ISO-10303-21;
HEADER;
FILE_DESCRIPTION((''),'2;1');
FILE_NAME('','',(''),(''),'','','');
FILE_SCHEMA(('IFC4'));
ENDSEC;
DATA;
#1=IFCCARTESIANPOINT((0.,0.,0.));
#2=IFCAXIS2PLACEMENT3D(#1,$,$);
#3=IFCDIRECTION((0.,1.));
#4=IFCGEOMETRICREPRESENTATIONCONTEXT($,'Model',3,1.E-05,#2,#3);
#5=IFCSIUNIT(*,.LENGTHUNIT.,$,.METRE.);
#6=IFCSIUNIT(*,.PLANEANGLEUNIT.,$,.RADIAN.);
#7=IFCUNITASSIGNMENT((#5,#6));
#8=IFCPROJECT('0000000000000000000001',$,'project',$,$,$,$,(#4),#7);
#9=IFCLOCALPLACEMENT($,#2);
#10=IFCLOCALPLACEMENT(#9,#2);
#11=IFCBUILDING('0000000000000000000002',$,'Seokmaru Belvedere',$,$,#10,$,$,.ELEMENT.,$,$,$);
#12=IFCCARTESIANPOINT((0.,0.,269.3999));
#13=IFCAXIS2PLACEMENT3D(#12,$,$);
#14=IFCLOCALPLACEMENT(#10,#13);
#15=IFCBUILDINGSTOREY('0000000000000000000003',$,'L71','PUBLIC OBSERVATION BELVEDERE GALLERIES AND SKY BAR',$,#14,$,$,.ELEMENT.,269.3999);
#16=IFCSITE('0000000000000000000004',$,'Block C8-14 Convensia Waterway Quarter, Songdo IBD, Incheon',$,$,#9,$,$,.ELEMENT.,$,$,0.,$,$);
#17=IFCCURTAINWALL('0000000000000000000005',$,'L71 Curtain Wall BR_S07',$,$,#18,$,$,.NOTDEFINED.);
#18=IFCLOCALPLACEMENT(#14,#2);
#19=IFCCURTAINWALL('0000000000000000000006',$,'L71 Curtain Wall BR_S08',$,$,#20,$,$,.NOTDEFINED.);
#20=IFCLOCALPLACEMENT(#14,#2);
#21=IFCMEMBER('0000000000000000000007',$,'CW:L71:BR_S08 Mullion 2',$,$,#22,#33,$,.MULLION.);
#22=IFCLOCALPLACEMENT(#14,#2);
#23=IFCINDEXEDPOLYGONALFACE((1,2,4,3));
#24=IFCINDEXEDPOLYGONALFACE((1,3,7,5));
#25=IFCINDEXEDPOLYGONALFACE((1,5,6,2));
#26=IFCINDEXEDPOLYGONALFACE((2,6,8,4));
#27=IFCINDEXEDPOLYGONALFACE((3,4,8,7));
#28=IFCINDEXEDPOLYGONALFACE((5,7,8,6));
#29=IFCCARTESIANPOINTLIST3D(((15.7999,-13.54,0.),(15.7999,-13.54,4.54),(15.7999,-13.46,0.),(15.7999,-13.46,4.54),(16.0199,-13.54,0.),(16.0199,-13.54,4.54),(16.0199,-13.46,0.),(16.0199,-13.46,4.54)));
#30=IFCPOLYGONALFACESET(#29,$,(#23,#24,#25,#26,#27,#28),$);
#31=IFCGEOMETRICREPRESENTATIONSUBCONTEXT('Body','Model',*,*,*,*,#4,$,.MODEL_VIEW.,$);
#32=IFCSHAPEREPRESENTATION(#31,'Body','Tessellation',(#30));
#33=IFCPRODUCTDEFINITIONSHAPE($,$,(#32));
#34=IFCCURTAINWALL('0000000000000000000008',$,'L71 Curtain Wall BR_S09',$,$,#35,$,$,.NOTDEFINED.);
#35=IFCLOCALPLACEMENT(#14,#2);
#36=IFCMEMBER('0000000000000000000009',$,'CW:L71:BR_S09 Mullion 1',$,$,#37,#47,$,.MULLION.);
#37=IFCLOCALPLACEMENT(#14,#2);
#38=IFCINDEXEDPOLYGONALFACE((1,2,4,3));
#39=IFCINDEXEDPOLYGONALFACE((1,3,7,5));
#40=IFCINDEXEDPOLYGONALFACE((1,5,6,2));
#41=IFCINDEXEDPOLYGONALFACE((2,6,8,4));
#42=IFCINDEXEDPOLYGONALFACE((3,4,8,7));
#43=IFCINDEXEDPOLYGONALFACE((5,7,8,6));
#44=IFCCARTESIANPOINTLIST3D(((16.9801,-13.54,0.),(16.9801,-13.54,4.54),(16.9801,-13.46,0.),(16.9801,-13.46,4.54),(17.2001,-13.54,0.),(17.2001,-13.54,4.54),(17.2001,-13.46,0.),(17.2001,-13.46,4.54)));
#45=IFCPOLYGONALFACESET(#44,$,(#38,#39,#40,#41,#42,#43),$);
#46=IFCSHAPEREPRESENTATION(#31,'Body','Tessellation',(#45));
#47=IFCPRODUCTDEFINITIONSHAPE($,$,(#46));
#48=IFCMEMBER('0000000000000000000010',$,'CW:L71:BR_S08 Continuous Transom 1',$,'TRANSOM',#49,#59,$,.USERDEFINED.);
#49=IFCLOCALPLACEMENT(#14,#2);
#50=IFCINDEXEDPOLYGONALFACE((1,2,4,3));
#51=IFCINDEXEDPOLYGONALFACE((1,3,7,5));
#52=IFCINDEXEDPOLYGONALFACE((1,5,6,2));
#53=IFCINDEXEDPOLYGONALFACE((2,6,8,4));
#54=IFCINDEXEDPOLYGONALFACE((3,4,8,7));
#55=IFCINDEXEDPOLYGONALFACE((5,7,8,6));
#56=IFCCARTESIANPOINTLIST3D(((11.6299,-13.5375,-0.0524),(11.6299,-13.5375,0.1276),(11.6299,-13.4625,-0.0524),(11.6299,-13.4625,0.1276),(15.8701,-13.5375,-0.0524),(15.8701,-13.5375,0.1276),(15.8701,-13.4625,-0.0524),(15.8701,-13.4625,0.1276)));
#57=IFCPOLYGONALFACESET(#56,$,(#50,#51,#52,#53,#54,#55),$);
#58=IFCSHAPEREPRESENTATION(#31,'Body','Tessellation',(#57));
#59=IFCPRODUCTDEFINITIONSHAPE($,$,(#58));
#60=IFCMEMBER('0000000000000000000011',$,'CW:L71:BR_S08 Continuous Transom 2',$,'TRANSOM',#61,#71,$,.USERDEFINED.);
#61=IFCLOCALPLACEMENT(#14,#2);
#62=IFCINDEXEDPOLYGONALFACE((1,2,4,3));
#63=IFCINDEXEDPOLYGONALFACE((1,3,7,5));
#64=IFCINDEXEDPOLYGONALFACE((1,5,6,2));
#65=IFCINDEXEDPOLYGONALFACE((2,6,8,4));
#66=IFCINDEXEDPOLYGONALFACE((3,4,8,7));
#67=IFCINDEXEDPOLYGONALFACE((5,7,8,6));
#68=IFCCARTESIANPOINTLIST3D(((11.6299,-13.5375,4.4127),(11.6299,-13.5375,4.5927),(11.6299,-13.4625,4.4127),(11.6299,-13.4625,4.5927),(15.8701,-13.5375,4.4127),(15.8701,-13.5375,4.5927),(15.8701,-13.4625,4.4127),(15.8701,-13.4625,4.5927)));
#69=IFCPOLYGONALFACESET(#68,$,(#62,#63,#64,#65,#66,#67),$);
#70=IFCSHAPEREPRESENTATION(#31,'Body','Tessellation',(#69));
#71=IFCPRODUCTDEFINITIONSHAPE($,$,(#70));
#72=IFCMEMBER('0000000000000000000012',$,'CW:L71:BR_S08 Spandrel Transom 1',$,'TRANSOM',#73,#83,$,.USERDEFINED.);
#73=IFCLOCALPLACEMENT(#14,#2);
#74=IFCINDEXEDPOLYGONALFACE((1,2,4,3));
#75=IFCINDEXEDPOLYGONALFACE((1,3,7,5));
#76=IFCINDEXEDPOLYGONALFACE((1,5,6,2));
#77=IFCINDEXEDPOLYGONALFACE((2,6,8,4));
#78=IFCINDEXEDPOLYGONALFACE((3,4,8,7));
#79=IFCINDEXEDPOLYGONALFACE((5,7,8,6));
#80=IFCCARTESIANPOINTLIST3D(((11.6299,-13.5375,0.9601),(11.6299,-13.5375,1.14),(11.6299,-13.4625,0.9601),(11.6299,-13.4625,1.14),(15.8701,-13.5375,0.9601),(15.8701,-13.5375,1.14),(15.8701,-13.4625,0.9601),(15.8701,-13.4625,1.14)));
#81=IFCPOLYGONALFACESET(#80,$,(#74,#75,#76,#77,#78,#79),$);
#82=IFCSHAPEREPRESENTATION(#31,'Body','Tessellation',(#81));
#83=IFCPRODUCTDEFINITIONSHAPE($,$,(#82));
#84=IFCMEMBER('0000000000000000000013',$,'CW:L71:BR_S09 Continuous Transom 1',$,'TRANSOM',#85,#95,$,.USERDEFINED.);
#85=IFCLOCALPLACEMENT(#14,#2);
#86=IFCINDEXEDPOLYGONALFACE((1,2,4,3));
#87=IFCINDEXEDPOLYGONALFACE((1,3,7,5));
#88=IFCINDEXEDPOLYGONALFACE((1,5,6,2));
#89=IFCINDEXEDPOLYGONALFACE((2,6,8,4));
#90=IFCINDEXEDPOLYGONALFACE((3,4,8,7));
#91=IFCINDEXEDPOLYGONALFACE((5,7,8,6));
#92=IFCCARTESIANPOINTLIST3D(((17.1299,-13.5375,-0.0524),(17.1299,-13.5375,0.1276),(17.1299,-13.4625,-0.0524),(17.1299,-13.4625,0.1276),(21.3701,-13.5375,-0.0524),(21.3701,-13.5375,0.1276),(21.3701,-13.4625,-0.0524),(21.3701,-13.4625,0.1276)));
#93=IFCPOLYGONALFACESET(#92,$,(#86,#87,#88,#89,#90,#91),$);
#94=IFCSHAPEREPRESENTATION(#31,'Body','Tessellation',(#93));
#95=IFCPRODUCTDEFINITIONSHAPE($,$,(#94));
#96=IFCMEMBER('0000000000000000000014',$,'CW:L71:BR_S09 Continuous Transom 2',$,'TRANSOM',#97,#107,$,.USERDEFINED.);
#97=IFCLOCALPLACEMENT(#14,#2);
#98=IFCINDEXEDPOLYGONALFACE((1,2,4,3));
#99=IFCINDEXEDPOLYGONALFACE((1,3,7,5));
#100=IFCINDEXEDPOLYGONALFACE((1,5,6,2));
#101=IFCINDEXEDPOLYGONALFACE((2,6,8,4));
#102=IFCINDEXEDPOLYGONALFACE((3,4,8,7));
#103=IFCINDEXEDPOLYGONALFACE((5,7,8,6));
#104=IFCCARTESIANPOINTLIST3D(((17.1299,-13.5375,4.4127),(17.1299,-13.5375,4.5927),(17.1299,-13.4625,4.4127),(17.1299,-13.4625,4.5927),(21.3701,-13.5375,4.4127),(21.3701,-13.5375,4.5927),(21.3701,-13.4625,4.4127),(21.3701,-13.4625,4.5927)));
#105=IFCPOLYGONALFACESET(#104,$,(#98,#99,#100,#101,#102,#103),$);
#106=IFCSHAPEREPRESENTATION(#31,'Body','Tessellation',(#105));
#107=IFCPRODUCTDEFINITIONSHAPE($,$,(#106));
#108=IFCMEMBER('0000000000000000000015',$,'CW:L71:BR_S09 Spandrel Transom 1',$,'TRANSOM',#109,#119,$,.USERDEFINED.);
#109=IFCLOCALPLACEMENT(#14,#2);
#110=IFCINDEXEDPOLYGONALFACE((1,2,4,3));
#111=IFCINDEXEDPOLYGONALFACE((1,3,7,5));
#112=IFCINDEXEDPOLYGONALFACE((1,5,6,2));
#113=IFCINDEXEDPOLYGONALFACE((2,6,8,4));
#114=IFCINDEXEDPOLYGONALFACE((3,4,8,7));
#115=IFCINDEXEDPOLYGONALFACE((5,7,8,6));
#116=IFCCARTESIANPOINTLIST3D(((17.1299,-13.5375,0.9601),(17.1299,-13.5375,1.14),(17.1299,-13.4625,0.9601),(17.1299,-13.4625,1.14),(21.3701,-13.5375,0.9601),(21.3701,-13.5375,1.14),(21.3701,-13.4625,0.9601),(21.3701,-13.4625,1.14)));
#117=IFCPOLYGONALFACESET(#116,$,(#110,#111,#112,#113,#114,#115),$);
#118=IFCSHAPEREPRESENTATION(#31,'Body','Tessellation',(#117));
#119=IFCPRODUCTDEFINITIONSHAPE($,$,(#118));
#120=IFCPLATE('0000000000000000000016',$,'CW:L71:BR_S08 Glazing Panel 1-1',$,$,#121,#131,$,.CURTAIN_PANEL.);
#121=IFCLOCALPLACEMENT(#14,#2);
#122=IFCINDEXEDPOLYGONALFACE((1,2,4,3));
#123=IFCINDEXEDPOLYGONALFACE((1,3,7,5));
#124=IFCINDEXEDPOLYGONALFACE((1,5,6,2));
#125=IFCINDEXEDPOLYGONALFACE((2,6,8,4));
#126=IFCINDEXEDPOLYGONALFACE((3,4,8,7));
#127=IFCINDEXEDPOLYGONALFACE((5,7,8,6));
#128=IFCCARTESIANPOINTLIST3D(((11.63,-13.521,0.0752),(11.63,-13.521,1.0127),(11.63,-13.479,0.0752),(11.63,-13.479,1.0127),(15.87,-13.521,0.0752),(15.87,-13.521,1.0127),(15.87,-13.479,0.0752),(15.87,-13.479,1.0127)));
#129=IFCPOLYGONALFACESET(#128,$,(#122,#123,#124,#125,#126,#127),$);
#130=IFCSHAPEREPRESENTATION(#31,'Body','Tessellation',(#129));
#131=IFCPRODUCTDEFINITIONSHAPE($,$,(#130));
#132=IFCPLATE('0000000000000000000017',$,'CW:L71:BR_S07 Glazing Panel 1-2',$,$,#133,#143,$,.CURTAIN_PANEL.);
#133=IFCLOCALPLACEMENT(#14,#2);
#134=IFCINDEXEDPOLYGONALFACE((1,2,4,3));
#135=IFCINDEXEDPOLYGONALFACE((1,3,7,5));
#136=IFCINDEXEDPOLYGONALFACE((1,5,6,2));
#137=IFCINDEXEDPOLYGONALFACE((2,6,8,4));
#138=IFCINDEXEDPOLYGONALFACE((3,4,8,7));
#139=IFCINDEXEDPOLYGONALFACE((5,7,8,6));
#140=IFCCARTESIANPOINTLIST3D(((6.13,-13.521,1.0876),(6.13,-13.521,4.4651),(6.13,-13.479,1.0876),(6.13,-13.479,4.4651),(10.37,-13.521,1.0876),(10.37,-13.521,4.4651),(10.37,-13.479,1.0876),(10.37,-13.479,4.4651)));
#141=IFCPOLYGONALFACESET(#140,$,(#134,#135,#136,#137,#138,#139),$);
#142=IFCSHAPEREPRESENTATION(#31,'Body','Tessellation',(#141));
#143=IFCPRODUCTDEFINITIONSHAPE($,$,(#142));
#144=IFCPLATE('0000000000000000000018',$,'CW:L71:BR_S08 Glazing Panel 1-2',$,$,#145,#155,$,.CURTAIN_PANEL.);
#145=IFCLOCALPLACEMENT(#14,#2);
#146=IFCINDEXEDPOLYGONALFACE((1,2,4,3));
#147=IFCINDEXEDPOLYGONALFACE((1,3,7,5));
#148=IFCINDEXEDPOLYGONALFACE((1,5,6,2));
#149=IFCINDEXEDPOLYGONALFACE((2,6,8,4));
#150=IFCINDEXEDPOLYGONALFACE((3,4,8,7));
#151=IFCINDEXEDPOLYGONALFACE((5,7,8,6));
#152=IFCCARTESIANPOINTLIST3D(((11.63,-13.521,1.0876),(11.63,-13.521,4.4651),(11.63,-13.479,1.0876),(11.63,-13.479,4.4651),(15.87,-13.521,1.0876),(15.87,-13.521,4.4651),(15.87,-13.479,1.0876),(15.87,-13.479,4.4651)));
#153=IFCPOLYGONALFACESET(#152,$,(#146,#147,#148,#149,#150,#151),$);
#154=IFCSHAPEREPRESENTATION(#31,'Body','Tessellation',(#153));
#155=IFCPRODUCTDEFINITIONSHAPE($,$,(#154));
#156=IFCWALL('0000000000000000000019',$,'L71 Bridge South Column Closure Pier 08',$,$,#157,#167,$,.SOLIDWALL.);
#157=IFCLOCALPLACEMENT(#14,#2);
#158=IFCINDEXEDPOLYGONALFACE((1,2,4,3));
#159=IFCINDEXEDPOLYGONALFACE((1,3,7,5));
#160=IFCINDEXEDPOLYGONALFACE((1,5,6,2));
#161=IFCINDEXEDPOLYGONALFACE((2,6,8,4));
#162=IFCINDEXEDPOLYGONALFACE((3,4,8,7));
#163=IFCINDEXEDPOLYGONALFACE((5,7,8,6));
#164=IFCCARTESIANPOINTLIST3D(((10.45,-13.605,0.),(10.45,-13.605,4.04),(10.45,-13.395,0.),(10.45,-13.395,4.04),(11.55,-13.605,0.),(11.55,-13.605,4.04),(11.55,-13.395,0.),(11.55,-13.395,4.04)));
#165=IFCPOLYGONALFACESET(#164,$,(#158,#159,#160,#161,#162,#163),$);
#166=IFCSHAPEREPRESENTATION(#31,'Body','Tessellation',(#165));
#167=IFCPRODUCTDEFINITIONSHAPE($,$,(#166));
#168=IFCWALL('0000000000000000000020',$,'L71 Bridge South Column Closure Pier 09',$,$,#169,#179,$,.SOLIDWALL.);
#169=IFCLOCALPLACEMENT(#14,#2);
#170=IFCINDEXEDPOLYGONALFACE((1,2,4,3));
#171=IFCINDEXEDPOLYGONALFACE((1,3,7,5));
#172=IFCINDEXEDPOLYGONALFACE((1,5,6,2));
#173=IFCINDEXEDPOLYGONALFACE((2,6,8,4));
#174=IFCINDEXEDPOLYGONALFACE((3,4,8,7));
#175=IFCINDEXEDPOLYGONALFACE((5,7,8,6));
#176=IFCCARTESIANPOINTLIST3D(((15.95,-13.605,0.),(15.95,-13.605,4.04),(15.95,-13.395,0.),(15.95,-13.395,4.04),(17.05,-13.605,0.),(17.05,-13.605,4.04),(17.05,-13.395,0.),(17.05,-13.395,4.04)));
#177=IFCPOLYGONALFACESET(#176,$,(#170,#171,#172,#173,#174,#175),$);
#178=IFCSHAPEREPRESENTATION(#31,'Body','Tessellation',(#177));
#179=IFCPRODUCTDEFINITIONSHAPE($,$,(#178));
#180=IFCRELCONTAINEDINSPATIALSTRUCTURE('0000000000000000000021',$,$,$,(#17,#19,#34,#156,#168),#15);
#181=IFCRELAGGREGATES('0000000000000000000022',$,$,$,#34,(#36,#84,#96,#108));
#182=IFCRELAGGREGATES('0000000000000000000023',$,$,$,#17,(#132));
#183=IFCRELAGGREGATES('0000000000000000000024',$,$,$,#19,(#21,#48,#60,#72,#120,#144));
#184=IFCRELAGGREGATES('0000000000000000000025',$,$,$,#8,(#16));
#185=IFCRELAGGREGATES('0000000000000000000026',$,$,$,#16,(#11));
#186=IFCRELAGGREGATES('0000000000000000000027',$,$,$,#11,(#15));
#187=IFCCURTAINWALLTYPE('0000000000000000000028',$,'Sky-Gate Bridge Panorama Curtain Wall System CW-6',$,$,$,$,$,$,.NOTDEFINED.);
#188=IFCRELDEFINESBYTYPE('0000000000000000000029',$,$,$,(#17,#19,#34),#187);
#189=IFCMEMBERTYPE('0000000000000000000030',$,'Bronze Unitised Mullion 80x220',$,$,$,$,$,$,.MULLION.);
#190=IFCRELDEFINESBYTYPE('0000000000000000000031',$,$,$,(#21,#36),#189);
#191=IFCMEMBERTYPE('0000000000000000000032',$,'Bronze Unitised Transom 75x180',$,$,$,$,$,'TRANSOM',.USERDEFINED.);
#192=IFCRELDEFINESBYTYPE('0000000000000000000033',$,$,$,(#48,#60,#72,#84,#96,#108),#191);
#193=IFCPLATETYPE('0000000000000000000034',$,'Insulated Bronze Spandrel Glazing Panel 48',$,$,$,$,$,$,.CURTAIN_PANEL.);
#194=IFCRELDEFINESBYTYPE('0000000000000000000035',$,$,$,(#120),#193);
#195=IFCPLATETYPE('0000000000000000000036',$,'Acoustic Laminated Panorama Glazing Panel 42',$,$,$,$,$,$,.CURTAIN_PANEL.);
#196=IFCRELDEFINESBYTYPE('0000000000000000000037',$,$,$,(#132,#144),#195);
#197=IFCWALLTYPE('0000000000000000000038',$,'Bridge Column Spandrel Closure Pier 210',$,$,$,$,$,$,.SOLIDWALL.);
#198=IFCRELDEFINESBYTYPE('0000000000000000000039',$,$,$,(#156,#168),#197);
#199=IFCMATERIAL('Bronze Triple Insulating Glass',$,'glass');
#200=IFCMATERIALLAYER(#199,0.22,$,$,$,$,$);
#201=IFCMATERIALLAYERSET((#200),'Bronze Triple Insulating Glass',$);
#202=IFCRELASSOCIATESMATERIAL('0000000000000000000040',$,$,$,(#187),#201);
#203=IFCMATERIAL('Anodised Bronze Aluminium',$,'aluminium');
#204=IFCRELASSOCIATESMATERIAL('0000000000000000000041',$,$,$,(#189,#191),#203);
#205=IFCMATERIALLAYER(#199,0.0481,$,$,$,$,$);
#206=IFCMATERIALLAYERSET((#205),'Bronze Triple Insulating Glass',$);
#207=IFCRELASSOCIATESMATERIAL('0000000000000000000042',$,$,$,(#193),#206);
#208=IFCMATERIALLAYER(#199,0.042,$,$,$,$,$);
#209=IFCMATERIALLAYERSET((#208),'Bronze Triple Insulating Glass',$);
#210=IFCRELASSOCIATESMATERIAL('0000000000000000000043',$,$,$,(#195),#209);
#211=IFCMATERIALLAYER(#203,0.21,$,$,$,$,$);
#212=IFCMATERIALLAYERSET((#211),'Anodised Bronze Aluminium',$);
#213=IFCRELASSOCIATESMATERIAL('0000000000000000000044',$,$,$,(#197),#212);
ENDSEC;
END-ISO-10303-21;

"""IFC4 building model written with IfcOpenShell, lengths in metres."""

from ifc_helpers import new_model, si_unit, direction, frame, frame_2d, origin, origin_2d, place, context, subcontext, project, spatial, rectangle, extrude, source, transform, mapped, material, layer, layer_set, material_profile, profile_set, type_object, type_shapes, element, aggregate, save


model = new_model("IFC4")

# Units and contexts
model_context = context("Model", 3, precision=1e-05, world=origin(), true_north=direction((0.0, 1.0)))
body_context = subcontext(model_context, "Body", "Model", "MODEL_VIEW")
ifc_project = project(units=[si_unit("LENGTHUNIT", "METRE"), si_unit("PLANEANGLEUNIT", "RADIAN")], contexts=[model_context])

# Site, building, storey
site_placement = place(None, origin())
site = spatial("IfcSite", under=ifc_project, at=site_placement, Name="Block C8-14 Convensia Waterway Quarter, Songdo IBD, Incheon", CompositionType="ELEMENT", RefElevation=0.0)
building_placement = place(site_placement, origin())
building = spatial("IfcBuilding", under=site, at=building_placement, Name="Seokmaru Belvedere", CompositionType="ELEMENT")
storey_placement = place(building_placement, frame((0.0, 0.0, 269.3999)))
storey = spatial("IfcBuildingStorey", under=building, at=storey_placement, Name="L71", Description="PUBLIC OBSERVATION BELVEDERE GALLERIES AND SKY BAR", CompositionType="ELEMENT", Elevation=269.3999)

# Curtain wall
ifc_material_1 = material(Name="Bronze Triple Insulating Glass", Category="glass")
ifc_layer_1 = layer(ifc_material_1, 0.22)
ifc_layer_set_1 = layer_set([ifc_layer_1], Name="Bronze Triple Insulating Glass")
curtain_wall_type = type_object("IfcCurtainWallType", Name="Sky-Gate Bridge Panorama Curtain Wall System CW-6", PredefinedType="NOTDEFINED", material=ifc_layer_set_1)
curtain_wall_1_placement = place(storey_placement, origin())
curtain_wall_1 = element("IfcCurtainWall", 1, at=curtain_wall_1_placement, inside=storey, type_object=curtain_wall_type, Name="L71 Curtain Wall BR_S07", PredefinedType="NOTDEFINED")
ifc_material_2 = material(Name="Anodised Bronze Aluminium", Category="aluminium")
ifc_material_profile_1 = material_profile(ifc_material_2, rectangle(XDim=0.0801, YDim=0.22, at=origin_2d()), Name="CW-M-80x220")
ifc_profile_set_1 = profile_set([ifc_material_profile_1], Name="Anodised Bronze Aluminium")
member_type_1 = type_object("IfcMemberType", Name="Bronze Unitised Mullion 80x220", PredefinedType="MULLION", material=ifc_profile_set_1)
shared_shape_1 = source(origin(), body_context, "Body", "SweptSolid", [
    extrude(rectangle(XDim=0.0801, YDim=0.22, at=origin_2d()), origin(), (0.0, 0.0, 1.0), 4.54),
])
type_shapes(member_type_1, [shared_shape_1])

# Curtain wall, member
curtain_wall_2_placement = place(storey_placement, origin())
curtain_wall_2 = element("IfcCurtainWall", 2, at=curtain_wall_2_placement, inside=storey, type_object=curtain_wall_type, Name="L71 Curtain Wall BR_S08", PredefinedType="NOTDEFINED")
member_1_placement = place(storey_placement, frame((15.9099, -13.5, 0.0), z_axis=(0.0, 0.0, 1.0), x_axis=(0.0, 1.0, 0.0)))
member_1 = element("IfcMember", 3, at=member_1_placement, type_object=member_type_1, Name="CW:L71:BR_S08 Mullion 2", PredefinedType="MULLION", context=body_context, shape_type="MappedRepresentation", body=[
    mapped(shared_shape_1, transform((0.0, 0.0, 0.0), scale=1.0)),
])

# Curtain wall, member
curtain_wall_3_placement = place(storey_placement, origin())
curtain_wall_3 = element("IfcCurtainWall", 4, at=curtain_wall_3_placement, inside=storey, type_object=curtain_wall_type, Name="L71 Curtain Wall BR_S09", PredefinedType="NOTDEFINED")
member_2_placement = place(storey_placement, frame((17.0901, -13.5, 0.0), z_axis=(0.0, 0.0, 1.0), x_axis=(0.0, 1.0, 0.0)))
member_2 = element("IfcMember", 5, at=member_2_placement, type_object=member_type_1, Name="CW:L71:BR_S09 Mullion 1", PredefinedType="MULLION", context=body_context, shape_type="MappedRepresentation", body=[
    mapped(shared_shape_1, transform((0.0, 0.0, 0.0), scale=1.0)),
])

# Members
ifc_material_profile_2 = material_profile(ifc_material_2, rectangle(XDim=0.075, YDim=0.1799, at=origin_2d()), Name="CW-T-75x180")
ifc_profile_set_2 = profile_set([ifc_material_profile_2], Name="Anodised Bronze Aluminium")
member_type_2 = type_object("IfcMemberType", Name="Bronze Unitised Transom 75x180", ElementType="TRANSOM", PredefinedType="USERDEFINED", material=ifc_profile_set_2)
shared_shape_2 = source(origin(), body_context, "Body", "SweptSolid", [
    extrude(rectangle(XDim=0.075, YDim=0.1799, at=origin_2d()), origin(), (0.0, 0.0, 1.0), 4.2402),
])
type_shapes(member_type_2, [shared_shape_2])
member_3_placement = place(storey_placement, frame((11.6299, -13.5, 0.0376), z_axis=(1.0, 0.0, 0.0), x_axis=(0.0, 1.0, 0.0)))
member_3 = element("IfcMember", 6, at=member_3_placement, type_object=member_type_2, Name="CW:L71:BR_S08 Continuous Transom 1", ObjectType="TRANSOM", PredefinedType="USERDEFINED", context=body_context, shape_type="MappedRepresentation", body=[
    mapped(shared_shape_2, transform((0.0, 0.0, 0.0), scale=1.0)),
])
member_4_placement = place(storey_placement, frame((11.6299, -13.5, 4.5027), z_axis=(1.0, 0.0, 0.0), x_axis=(0.0, 1.0, 0.0)))
member_4 = element("IfcMember", 7, at=member_4_placement, type_object=member_type_2, Name="CW:L71:BR_S08 Continuous Transom 2", ObjectType="TRANSOM", PredefinedType="USERDEFINED", context=body_context, shape_type="MappedRepresentation", body=[
    mapped(shared_shape_2, transform((0.0, 0.0, 0.0), scale=1.0)),
])
member_5_placement = place(storey_placement, frame((11.6299, -13.5, 1.05), z_axis=(1.0, 0.0, 0.0), x_axis=(0.0, 1.0, 0.0)))
member_5 = element("IfcMember", 8, at=member_5_placement, type_object=member_type_2, Name="CW:L71:BR_S08 Spandrel Transom 1", ObjectType="TRANSOM", PredefinedType="USERDEFINED", context=body_context, shape_type="MappedRepresentation", body=[
    mapped(shared_shape_2, transform((0.0, 0.0, 0.0), scale=1.0)),
])
member_6_placement = place(storey_placement, frame((17.1299, -13.5, 0.0376), z_axis=(1.0, 0.0, 0.0), x_axis=(0.0, 1.0, 0.0)))
member_6 = element("IfcMember", 9, at=member_6_placement, type_object=member_type_2, Name="CW:L71:BR_S09 Continuous Transom 1", ObjectType="TRANSOM", PredefinedType="USERDEFINED", context=body_context, shape_type="MappedRepresentation", body=[
    mapped(shared_shape_2, transform((0.0, 0.0, 0.0), scale=1.0)),
])
member_7_placement = place(storey_placement, frame((17.1299, -13.5, 4.5027), z_axis=(1.0, 0.0, 0.0), x_axis=(0.0, 1.0, 0.0)))
member_7 = element("IfcMember", 10, at=member_7_placement, type_object=member_type_2, Name="CW:L71:BR_S09 Continuous Transom 2", ObjectType="TRANSOM", PredefinedType="USERDEFINED", context=body_context, shape_type="MappedRepresentation", body=[
    mapped(shared_shape_2, transform((0.0, 0.0, 0.0), scale=1.0)),
])
member_8_placement = place(storey_placement, frame((17.1299, -13.5, 1.05), z_axis=(1.0, 0.0, 0.0), x_axis=(0.0, 1.0, 0.0)))
member_8 = element("IfcMember", 11, at=member_8_placement, type_object=member_type_2, Name="CW:L71:BR_S09 Spandrel Transom 1", ObjectType="TRANSOM", PredefinedType="USERDEFINED", context=body_context, shape_type="MappedRepresentation", body=[
    mapped(shared_shape_2, transform((0.0, 0.0, 0.0), scale=1.0)),
])
aggregate(curtain_wall_3, [member_2, member_6, member_7, member_8])

# Plates
ifc_layer_2 = layer(ifc_material_1, 0.0481)
ifc_layer_set_2 = layer_set([ifc_layer_2], Name="Bronze Triple Insulating Glass")
plate_type_1 = type_object("IfcPlateType", Name="Insulated Bronze Spandrel Glazing Panel 48", PredefinedType="CURTAIN_PANEL", material=ifc_layer_set_2)
shared_shape_3 = source(origin(), body_context, "Body", "SweptSolid", [
    extrude(rectangle(XDim=4.24, YDim=0.042, at=origin_2d()), origin(), (0.0, 0.0, 1.0), 0.9375),
])
type_shapes(plate_type_1, [shared_shape_3])
plate_1_placement = place(storey_placement, frame((13.75, -13.5, 0.0752), z_axis=(0.0, 0.0, 1.0), x_axis=(1.0, 0.0, 0.0)))
plate_1 = element("IfcPlate", 12, at=plate_1_placement, type_object=plate_type_1, Name="CW:L71:BR_S08 Glazing Panel 1-1", PredefinedType="CURTAIN_PANEL", context=body_context, shape_type="MappedRepresentation", body=[
    mapped(shared_shape_3, transform((0.0, 0.0, 0.0), scale=1.0)),
])
ifc_layer_3 = layer(ifc_material_1, 0.042)
ifc_layer_set_3 = layer_set([ifc_layer_3], Name="Bronze Triple Insulating Glass")
plate_type_2 = type_object("IfcPlateType", Name="Acoustic Laminated Panorama Glazing Panel 42", PredefinedType="CURTAIN_PANEL", material=ifc_layer_set_3)
shared_shape_4 = source(origin(), body_context, "Body", "SweptSolid", [
    extrude(rectangle(XDim=4.24, YDim=0.042, at=origin_2d()), origin(), (0.0, 0.0, 1.0), 3.3774),
])
type_shapes(plate_type_2, [shared_shape_4])
plate_2_placement = place(storey_placement, frame((8.25, -13.5, 1.0876), z_axis=(0.0, 0.0, 1.0), x_axis=(1.0, 0.0, 0.0)))
plate_2 = element("IfcPlate", 13, at=plate_2_placement, type_object=plate_type_2, Name="CW:L71:BR_S07 Glazing Panel 1-2", PredefinedType="CURTAIN_PANEL", context=body_context, shape_type="MappedRepresentation", body=[
    mapped(shared_shape_4, transform((0.0, 0.0, 0.0), scale=1.0)),
])
aggregate(curtain_wall_1, [plate_2])
plate_3_placement = place(storey_placement, frame((13.75, -13.5, 1.0876), z_axis=(0.0, 0.0, 1.0), x_axis=(1.0, 0.0, 0.0)))
plate_3 = element("IfcPlate", 14, at=plate_3_placement, type_object=plate_type_2, Name="CW:L71:BR_S08 Glazing Panel 1-2", PredefinedType="CURTAIN_PANEL", context=body_context, shape_type="MappedRepresentation", body=[
    mapped(shared_shape_4, transform((0.0, 0.0, 0.0), scale=1.0)),
])
aggregate(curtain_wall_2, [member_1, member_3, member_4, member_5, plate_1, plate_3])

# Walls
ifc_layer_4 = layer(ifc_material_2, 0.21)
ifc_layer_set_4 = layer_set([ifc_layer_4], Name="Anodised Bronze Aluminium")
wall_type = type_object("IfcWallType", Name="Bridge Column Spandrel Closure Pier 210", PredefinedType="SOLIDWALL", material=ifc_layer_set_4)
for number, where, z_axis, x_axis, name in (
    (15, (10.45, -13.5, 0.0), (0.0, 0.0, 1.0), (1.0, 0.0, 0.0), "L71 Bridge South Column Closure Pier 08"),
    (16, (15.95, -13.5, 0.0), (0.0, 0.0, 1.0), (1.0, 0.0, 0.0), "L71 Bridge South Column Closure Pier 09"),
):
    element("IfcWall", number, at=place(storey_placement, frame(where, z_axis=z_axis, x_axis=x_axis)), inside=storey, type_object=wall_type, Name=name, PredefinedType="SOLIDWALL", context=body_context, shape_type="SweptSolid", body=[
        extrude(rectangle(XDim=1.1001, YDim=0.21, at=frame_2d((0.55, 0.0))), origin(), (0.0, 0.0, 1.0), 4.04),
    ])

save(model, "model.ifc")
